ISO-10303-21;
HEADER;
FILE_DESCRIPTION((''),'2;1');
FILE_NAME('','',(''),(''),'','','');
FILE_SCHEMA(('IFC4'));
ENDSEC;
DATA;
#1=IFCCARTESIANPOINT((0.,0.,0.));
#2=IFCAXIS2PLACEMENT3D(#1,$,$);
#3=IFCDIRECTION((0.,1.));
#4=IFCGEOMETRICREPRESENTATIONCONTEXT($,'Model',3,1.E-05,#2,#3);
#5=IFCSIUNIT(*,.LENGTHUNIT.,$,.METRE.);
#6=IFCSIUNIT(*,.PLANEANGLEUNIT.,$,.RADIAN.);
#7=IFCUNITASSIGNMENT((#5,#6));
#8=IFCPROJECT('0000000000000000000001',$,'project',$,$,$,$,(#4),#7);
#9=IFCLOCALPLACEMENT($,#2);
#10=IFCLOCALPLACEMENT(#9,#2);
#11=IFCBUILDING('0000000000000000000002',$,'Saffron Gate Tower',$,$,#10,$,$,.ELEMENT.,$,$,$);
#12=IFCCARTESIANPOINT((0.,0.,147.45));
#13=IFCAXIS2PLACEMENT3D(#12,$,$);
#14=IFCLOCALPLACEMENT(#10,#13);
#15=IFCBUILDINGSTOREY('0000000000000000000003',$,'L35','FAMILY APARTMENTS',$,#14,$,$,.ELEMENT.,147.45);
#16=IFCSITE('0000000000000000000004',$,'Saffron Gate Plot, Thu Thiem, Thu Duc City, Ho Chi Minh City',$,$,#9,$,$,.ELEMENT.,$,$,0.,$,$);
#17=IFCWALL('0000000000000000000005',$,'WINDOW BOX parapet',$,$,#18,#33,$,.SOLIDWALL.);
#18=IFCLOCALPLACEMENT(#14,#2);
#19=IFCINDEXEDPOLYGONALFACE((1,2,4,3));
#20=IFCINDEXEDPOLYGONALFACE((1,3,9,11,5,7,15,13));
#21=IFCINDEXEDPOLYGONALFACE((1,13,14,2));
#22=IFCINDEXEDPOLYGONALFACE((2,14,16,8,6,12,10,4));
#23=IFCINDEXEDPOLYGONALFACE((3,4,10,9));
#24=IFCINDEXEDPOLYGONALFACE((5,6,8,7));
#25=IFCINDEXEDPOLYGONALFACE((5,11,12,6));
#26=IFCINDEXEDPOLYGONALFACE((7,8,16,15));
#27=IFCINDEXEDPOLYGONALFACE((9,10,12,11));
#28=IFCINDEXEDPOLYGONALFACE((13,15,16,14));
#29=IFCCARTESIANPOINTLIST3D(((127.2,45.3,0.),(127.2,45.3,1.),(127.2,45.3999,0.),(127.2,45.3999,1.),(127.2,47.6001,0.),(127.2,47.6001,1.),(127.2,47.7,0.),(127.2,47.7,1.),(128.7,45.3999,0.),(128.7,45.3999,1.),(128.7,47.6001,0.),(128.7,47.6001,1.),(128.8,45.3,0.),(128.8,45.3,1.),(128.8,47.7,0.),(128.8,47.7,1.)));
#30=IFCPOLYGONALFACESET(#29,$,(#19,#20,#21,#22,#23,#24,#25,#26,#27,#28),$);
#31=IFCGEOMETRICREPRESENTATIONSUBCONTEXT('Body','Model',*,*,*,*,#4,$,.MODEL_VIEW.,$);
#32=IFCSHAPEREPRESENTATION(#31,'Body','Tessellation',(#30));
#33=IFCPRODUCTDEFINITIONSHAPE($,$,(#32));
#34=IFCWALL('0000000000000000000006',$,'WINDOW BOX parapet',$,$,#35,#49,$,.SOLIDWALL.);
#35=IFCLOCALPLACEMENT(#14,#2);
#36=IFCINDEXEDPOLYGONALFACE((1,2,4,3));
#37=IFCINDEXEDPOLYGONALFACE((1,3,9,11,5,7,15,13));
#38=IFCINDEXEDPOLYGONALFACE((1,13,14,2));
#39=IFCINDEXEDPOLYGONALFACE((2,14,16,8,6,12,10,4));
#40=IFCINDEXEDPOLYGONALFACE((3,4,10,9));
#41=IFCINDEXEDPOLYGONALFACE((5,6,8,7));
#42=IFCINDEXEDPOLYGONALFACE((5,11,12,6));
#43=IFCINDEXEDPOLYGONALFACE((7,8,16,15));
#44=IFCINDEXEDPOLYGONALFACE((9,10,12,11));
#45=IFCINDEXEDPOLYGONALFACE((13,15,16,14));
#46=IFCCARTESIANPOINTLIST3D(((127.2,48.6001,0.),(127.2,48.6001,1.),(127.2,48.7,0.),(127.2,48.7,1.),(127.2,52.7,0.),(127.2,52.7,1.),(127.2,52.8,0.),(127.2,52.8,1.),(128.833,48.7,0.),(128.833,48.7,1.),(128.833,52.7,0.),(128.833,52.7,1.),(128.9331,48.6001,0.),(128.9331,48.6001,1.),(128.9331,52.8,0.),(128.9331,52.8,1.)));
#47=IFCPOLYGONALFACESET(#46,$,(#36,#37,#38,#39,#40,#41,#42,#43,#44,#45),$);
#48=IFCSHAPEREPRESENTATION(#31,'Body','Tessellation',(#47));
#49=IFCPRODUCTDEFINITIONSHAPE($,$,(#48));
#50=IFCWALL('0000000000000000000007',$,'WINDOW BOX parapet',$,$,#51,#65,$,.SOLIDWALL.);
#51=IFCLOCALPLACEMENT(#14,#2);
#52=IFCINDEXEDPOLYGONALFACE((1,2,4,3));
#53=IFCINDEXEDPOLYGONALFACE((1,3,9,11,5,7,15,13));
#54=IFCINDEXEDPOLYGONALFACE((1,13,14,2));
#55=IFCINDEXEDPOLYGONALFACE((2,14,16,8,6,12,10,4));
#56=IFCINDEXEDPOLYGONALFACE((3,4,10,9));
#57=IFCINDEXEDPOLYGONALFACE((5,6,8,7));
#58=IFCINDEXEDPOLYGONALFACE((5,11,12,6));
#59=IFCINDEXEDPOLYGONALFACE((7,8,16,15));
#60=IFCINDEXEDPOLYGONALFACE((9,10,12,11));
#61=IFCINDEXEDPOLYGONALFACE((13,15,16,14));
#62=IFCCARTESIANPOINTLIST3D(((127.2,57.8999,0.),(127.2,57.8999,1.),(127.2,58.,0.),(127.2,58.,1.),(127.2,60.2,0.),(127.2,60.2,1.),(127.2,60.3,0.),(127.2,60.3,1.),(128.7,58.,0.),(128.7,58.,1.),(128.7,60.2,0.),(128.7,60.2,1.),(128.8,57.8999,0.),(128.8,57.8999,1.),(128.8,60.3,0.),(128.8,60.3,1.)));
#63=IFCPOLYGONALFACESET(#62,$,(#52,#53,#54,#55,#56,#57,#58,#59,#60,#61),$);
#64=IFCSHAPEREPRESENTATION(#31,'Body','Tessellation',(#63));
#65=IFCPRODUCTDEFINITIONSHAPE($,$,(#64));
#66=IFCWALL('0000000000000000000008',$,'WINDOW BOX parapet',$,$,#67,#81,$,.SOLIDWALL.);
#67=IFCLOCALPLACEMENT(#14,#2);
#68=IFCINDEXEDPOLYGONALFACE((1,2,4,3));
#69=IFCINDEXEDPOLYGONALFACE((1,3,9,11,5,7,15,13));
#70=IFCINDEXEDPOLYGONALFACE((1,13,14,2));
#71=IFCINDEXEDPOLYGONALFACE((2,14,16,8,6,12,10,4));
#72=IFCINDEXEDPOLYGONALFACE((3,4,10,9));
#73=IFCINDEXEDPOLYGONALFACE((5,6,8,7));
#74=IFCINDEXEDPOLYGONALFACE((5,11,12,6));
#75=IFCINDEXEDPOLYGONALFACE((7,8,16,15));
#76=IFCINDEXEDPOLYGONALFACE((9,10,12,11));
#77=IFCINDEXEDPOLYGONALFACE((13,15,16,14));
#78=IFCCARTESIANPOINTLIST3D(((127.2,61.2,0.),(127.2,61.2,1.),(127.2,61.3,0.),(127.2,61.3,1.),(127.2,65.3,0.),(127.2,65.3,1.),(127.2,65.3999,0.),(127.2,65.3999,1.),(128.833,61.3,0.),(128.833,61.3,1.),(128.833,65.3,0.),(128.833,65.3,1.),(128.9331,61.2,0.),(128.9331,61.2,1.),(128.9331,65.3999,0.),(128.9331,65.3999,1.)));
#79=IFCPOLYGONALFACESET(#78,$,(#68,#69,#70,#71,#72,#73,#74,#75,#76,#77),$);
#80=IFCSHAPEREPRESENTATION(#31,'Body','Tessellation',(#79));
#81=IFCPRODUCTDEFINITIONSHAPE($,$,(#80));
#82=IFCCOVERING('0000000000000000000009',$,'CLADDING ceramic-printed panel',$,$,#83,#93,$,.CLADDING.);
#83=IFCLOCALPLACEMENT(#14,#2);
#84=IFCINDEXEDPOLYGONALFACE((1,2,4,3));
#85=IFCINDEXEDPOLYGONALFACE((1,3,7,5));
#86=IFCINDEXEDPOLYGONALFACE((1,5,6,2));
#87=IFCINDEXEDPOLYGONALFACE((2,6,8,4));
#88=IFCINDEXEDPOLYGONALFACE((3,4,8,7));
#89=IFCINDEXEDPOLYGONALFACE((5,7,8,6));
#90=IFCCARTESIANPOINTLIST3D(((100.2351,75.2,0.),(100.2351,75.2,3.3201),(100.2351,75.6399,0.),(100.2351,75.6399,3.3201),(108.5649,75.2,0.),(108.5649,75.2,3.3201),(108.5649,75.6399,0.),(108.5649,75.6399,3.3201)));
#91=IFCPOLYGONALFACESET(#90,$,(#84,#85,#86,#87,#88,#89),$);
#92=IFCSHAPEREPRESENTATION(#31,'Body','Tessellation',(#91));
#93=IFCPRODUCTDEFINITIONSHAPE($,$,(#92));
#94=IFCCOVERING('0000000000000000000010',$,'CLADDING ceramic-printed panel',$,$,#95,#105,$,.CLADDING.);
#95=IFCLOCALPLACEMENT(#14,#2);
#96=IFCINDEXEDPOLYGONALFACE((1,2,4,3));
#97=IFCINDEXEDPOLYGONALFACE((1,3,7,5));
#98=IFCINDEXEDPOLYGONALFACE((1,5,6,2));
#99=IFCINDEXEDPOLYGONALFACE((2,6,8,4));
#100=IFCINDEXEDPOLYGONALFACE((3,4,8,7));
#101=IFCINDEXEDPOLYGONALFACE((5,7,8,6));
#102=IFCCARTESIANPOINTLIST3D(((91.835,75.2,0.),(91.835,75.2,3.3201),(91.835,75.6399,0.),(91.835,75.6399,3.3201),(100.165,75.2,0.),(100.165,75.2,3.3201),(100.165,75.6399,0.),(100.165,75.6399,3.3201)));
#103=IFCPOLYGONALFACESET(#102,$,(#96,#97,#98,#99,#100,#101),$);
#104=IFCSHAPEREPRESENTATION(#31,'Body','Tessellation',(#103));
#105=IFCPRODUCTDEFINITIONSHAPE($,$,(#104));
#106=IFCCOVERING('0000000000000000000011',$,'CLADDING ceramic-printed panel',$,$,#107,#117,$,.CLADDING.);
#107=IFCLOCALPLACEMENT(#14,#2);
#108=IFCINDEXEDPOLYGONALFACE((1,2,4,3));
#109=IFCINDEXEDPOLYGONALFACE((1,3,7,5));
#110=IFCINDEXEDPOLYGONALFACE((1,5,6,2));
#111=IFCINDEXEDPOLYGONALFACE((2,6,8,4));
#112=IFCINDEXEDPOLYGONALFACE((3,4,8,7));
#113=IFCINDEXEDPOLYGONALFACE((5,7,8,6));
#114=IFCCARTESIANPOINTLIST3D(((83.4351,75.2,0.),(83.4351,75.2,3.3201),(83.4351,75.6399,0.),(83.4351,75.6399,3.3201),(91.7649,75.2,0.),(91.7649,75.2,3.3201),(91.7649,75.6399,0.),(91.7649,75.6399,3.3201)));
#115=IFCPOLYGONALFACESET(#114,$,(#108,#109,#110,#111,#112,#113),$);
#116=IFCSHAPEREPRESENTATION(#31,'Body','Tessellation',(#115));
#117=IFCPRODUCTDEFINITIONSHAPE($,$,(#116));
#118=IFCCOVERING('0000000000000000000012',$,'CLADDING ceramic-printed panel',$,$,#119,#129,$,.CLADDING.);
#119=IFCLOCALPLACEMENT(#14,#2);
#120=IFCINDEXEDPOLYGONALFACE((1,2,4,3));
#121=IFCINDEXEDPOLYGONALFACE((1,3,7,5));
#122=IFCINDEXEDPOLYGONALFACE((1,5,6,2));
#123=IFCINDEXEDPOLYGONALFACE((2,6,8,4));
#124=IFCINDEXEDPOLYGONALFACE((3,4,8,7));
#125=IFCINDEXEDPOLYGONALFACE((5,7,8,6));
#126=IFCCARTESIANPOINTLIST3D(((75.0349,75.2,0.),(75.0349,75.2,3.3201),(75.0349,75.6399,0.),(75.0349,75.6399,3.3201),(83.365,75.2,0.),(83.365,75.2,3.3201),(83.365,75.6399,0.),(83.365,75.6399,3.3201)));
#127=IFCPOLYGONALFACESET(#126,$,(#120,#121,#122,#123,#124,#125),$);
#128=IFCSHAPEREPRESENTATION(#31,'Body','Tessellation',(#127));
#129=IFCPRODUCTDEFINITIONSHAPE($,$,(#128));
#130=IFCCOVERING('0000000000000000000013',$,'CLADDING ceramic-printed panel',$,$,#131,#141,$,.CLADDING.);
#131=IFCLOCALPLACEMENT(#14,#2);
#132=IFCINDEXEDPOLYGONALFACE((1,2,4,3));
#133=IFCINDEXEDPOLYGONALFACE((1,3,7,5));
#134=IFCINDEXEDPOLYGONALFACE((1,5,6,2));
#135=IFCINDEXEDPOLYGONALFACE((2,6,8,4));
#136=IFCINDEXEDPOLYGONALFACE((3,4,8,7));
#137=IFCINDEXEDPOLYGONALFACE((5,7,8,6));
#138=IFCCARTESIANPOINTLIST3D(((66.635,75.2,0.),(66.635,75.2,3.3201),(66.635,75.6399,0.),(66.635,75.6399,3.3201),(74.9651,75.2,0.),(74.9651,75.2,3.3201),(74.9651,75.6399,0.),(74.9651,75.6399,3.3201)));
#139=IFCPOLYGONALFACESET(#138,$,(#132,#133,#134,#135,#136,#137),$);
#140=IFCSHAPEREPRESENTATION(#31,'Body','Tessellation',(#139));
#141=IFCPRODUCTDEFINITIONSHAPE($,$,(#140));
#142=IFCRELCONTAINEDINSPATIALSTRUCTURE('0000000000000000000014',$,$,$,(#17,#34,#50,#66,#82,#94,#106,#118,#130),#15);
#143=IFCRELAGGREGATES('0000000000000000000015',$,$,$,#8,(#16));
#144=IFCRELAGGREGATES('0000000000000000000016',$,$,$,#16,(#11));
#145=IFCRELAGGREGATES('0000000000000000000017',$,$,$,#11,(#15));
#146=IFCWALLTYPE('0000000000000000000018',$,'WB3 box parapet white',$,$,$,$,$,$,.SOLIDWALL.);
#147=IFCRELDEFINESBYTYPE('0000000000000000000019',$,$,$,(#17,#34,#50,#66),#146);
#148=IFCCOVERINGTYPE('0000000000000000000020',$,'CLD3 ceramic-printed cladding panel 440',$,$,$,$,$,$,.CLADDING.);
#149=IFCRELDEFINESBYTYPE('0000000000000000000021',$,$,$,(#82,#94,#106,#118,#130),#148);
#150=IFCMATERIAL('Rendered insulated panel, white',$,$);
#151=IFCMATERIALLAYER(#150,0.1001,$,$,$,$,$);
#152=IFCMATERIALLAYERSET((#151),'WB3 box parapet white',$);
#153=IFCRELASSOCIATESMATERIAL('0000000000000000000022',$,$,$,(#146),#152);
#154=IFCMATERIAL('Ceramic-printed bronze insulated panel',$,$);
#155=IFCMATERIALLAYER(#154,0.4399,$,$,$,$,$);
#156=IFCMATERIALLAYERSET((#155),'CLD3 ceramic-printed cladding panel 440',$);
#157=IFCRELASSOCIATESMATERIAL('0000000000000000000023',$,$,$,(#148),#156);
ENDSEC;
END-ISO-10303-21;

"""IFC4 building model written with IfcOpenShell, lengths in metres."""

from ifc_helpers import new_model, si_unit, direction, frame, origin, place, context, subcontext, project, spatial, polyline, outline, extrude, material, layer, layer_set, type_object, element, save


model = new_model("IFC4")

# Units and contexts
model_context = context("Model", 3, precision=1e-05, world=origin(), true_north=direction((0.0, 1.0)))
body_context = subcontext(model_context, "Body", "Model", "MODEL_VIEW")
ifc_project = project(units=[si_unit("LENGTHUNIT", "METRE"), si_unit("PLANEANGLEUNIT", "RADIAN")], contexts=[model_context])

# Site, building, storey
site_placement = place(None, origin())
site = spatial("IfcSite", under=ifc_project, at=site_placement, Name="Saffron Gate Plot, Thu Thiem, Thu Duc City, Ho Chi Minh City", CompositionType="ELEMENT", RefElevation=0.0)
building_placement = place(site_placement, origin())
building = spatial("IfcBuilding", under=site, at=building_placement, Name="Saffron Gate Tower", CompositionType="ELEMENT")
storey_placement = place(building_placement, frame((0.0, 0.0, 147.45)))
storey = spatial("IfcBuildingStorey", under=building, at=storey_placement, Name="L35", Description="FAMILY APARTMENTS", CompositionType="ELEMENT", Elevation=147.45)

# Walls
ifc_material_1 = material(Name="Rendered insulated panel, white")
ifc_layer_1 = layer(ifc_material_1, 0.1001)
ifc_layer_set_1 = layer_set([ifc_layer_1], Name="WB3 box parapet white")
wall_type = type_object("IfcWallType", Name="WB3 box parapet white", PredefinedType="SOLIDWALL", material=ifc_layer_set_1)
wall_1_placement = place(storey_placement, origin())
element("IfcWall", 1, at=wall_1_placement, inside=storey, type_object=wall_type, Name="WINDOW BOX parapet", PredefinedType="SOLIDWALL", context=body_context, shape_type="SweptSolid", body=[
    extrude(outline(polyline([(127.2, 45.3), (127.2, 45.3999), (128.7, 45.3999), (128.7, 47.6001), (127.2, 47.6001), (127.2, 47.7), (128.8, 47.7), (128.8, 45.3), (127.2, 45.3)])), origin(), (0.0, 0.0, 1.0), 1.0),
])
wall_2_placement = place(storey_placement, origin())
element("IfcWall", 2, at=wall_2_placement, inside=storey, type_object=wall_type, Name="WINDOW BOX parapet", PredefinedType="SOLIDWALL", context=body_context, shape_type="SweptSolid", body=[
    extrude(outline(polyline([(127.2, 48.6001), (127.2, 48.7), (128.833, 48.7), (128.833, 52.7), (127.2, 52.7), (127.2, 52.8), (128.9331, 52.8), (128.9331, 48.6001), (127.2, 48.6001)])), origin(), (0.0, 0.0, 1.0), 1.0),
])
wall_3_placement = place(storey_placement, origin())
element("IfcWall", 3, at=wall_3_placement, inside=storey, type_object=wall_type, Name="WINDOW BOX parapet", PredefinedType="SOLIDWALL", context=body_context, shape_type="SweptSolid", body=[
    extrude(outline(polyline([(127.2, 57.8999), (127.2, 58.0), (128.7, 58.0), (128.7, 60.2), (127.2, 60.2), (127.2, 60.3), (128.8, 60.3), (128.8, 57.8999), (127.2, 57.8999)])), origin(), (0.0, 0.0, 1.0), 1.0),
])
wall_4_placement = place(storey_placement, origin())
element("IfcWall", 4, at=wall_4_placement, inside=storey, type_object=wall_type, Name="WINDOW BOX parapet", PredefinedType="SOLIDWALL", context=body_context, shape_type="SweptSolid", body=[
    extrude(outline(polyline([(127.2, 61.2), (127.2, 61.3), (128.833, 61.3), (128.833, 65.3), (127.2, 65.3), (127.2, 65.3999), (128.9331, 65.3999), (128.9331, 61.2), (127.2, 61.2)])), origin(), (0.0, 0.0, 1.0), 1.0),
])

# Coverings
ifc_material_2 = material(Name="Ceramic-printed bronze insulated panel")
ifc_layer_2 = layer(ifc_material_2, 0.4399)
ifc_layer_set_2 = layer_set([ifc_layer_2], Name="CLD3 ceramic-printed cladding panel 440")
covering_type = type_object("IfcCoveringType", Name="CLD3 ceramic-printed cladding panel 440", PredefinedType="CLADDING", material=ifc_layer_set_2)
covering_1_placement = place(storey_placement, origin())
element("IfcCovering", 5, at=covering_1_placement, inside=storey, type_object=covering_type, Name="CLADDING ceramic-printed panel", PredefinedType="CLADDING", context=body_context, shape_type="SweptSolid", body=[
    extrude(outline(polyline([(108.5649, 75.6399), (100.2351, 75.6399), (100.2351, 75.2), (108.5649, 75.2), (108.5649, 75.6399)])), origin(), (0.0, 0.0, 1.0), 3.3201),
])
covering_2_placement = place(storey_placement, origin())
element("IfcCovering", 6, at=covering_2_placement, inside=storey, type_object=covering_type, Name="CLADDING ceramic-printed panel", PredefinedType="CLADDING", context=body_context, shape_type="SweptSolid", body=[
    extrude(outline(polyline([(100.165, 75.6399), (91.835, 75.6399), (91.835, 75.2), (100.165, 75.2), (100.165, 75.6399)])), origin(), (0.0, 0.0, 1.0), 3.3201),
])
covering_3_placement = place(storey_placement, origin())
element("IfcCovering", 7, at=covering_3_placement, inside=storey, type_object=covering_type, Name="CLADDING ceramic-printed panel", PredefinedType="CLADDING", context=body_context, shape_type="SweptSolid", body=[
    extrude(outline(polyline([(91.7649, 75.6399), (83.4351, 75.6399), (83.4351, 75.2), (91.7649, 75.2), (91.7649, 75.6399)])), origin(), (0.0, 0.0, 1.0), 3.3201),
])
covering_4_placement = place(storey_placement, origin())
element("IfcCovering", 8, at=covering_4_placement, inside=storey, type_object=covering_type, Name="CLADDING ceramic-printed panel", PredefinedType="CLADDING", context=body_context, shape_type="SweptSolid", body=[
    extrude(outline(polyline([(83.365, 75.6399), (75.0349, 75.6399), (75.0349, 75.2), (83.365, 75.2), (83.365, 75.6399)])), origin(), (0.0, 0.0, 1.0), 3.3201),
])
covering_5_placement = place(storey_placement, origin())
element("IfcCovering", 9, at=covering_5_placement, inside=storey, type_object=covering_type, Name="CLADDING ceramic-printed panel", PredefinedType="CLADDING", context=body_context, shape_type="SweptSolid", body=[
    extrude(outline(polyline([(74.9651, 75.6399), (66.635, 75.6399), (66.635, 75.2), (74.9651, 75.2), (74.9651, 75.6399)])), origin(), (0.0, 0.0, 1.0), 3.3201),
])

save(model, "model.ifc")
